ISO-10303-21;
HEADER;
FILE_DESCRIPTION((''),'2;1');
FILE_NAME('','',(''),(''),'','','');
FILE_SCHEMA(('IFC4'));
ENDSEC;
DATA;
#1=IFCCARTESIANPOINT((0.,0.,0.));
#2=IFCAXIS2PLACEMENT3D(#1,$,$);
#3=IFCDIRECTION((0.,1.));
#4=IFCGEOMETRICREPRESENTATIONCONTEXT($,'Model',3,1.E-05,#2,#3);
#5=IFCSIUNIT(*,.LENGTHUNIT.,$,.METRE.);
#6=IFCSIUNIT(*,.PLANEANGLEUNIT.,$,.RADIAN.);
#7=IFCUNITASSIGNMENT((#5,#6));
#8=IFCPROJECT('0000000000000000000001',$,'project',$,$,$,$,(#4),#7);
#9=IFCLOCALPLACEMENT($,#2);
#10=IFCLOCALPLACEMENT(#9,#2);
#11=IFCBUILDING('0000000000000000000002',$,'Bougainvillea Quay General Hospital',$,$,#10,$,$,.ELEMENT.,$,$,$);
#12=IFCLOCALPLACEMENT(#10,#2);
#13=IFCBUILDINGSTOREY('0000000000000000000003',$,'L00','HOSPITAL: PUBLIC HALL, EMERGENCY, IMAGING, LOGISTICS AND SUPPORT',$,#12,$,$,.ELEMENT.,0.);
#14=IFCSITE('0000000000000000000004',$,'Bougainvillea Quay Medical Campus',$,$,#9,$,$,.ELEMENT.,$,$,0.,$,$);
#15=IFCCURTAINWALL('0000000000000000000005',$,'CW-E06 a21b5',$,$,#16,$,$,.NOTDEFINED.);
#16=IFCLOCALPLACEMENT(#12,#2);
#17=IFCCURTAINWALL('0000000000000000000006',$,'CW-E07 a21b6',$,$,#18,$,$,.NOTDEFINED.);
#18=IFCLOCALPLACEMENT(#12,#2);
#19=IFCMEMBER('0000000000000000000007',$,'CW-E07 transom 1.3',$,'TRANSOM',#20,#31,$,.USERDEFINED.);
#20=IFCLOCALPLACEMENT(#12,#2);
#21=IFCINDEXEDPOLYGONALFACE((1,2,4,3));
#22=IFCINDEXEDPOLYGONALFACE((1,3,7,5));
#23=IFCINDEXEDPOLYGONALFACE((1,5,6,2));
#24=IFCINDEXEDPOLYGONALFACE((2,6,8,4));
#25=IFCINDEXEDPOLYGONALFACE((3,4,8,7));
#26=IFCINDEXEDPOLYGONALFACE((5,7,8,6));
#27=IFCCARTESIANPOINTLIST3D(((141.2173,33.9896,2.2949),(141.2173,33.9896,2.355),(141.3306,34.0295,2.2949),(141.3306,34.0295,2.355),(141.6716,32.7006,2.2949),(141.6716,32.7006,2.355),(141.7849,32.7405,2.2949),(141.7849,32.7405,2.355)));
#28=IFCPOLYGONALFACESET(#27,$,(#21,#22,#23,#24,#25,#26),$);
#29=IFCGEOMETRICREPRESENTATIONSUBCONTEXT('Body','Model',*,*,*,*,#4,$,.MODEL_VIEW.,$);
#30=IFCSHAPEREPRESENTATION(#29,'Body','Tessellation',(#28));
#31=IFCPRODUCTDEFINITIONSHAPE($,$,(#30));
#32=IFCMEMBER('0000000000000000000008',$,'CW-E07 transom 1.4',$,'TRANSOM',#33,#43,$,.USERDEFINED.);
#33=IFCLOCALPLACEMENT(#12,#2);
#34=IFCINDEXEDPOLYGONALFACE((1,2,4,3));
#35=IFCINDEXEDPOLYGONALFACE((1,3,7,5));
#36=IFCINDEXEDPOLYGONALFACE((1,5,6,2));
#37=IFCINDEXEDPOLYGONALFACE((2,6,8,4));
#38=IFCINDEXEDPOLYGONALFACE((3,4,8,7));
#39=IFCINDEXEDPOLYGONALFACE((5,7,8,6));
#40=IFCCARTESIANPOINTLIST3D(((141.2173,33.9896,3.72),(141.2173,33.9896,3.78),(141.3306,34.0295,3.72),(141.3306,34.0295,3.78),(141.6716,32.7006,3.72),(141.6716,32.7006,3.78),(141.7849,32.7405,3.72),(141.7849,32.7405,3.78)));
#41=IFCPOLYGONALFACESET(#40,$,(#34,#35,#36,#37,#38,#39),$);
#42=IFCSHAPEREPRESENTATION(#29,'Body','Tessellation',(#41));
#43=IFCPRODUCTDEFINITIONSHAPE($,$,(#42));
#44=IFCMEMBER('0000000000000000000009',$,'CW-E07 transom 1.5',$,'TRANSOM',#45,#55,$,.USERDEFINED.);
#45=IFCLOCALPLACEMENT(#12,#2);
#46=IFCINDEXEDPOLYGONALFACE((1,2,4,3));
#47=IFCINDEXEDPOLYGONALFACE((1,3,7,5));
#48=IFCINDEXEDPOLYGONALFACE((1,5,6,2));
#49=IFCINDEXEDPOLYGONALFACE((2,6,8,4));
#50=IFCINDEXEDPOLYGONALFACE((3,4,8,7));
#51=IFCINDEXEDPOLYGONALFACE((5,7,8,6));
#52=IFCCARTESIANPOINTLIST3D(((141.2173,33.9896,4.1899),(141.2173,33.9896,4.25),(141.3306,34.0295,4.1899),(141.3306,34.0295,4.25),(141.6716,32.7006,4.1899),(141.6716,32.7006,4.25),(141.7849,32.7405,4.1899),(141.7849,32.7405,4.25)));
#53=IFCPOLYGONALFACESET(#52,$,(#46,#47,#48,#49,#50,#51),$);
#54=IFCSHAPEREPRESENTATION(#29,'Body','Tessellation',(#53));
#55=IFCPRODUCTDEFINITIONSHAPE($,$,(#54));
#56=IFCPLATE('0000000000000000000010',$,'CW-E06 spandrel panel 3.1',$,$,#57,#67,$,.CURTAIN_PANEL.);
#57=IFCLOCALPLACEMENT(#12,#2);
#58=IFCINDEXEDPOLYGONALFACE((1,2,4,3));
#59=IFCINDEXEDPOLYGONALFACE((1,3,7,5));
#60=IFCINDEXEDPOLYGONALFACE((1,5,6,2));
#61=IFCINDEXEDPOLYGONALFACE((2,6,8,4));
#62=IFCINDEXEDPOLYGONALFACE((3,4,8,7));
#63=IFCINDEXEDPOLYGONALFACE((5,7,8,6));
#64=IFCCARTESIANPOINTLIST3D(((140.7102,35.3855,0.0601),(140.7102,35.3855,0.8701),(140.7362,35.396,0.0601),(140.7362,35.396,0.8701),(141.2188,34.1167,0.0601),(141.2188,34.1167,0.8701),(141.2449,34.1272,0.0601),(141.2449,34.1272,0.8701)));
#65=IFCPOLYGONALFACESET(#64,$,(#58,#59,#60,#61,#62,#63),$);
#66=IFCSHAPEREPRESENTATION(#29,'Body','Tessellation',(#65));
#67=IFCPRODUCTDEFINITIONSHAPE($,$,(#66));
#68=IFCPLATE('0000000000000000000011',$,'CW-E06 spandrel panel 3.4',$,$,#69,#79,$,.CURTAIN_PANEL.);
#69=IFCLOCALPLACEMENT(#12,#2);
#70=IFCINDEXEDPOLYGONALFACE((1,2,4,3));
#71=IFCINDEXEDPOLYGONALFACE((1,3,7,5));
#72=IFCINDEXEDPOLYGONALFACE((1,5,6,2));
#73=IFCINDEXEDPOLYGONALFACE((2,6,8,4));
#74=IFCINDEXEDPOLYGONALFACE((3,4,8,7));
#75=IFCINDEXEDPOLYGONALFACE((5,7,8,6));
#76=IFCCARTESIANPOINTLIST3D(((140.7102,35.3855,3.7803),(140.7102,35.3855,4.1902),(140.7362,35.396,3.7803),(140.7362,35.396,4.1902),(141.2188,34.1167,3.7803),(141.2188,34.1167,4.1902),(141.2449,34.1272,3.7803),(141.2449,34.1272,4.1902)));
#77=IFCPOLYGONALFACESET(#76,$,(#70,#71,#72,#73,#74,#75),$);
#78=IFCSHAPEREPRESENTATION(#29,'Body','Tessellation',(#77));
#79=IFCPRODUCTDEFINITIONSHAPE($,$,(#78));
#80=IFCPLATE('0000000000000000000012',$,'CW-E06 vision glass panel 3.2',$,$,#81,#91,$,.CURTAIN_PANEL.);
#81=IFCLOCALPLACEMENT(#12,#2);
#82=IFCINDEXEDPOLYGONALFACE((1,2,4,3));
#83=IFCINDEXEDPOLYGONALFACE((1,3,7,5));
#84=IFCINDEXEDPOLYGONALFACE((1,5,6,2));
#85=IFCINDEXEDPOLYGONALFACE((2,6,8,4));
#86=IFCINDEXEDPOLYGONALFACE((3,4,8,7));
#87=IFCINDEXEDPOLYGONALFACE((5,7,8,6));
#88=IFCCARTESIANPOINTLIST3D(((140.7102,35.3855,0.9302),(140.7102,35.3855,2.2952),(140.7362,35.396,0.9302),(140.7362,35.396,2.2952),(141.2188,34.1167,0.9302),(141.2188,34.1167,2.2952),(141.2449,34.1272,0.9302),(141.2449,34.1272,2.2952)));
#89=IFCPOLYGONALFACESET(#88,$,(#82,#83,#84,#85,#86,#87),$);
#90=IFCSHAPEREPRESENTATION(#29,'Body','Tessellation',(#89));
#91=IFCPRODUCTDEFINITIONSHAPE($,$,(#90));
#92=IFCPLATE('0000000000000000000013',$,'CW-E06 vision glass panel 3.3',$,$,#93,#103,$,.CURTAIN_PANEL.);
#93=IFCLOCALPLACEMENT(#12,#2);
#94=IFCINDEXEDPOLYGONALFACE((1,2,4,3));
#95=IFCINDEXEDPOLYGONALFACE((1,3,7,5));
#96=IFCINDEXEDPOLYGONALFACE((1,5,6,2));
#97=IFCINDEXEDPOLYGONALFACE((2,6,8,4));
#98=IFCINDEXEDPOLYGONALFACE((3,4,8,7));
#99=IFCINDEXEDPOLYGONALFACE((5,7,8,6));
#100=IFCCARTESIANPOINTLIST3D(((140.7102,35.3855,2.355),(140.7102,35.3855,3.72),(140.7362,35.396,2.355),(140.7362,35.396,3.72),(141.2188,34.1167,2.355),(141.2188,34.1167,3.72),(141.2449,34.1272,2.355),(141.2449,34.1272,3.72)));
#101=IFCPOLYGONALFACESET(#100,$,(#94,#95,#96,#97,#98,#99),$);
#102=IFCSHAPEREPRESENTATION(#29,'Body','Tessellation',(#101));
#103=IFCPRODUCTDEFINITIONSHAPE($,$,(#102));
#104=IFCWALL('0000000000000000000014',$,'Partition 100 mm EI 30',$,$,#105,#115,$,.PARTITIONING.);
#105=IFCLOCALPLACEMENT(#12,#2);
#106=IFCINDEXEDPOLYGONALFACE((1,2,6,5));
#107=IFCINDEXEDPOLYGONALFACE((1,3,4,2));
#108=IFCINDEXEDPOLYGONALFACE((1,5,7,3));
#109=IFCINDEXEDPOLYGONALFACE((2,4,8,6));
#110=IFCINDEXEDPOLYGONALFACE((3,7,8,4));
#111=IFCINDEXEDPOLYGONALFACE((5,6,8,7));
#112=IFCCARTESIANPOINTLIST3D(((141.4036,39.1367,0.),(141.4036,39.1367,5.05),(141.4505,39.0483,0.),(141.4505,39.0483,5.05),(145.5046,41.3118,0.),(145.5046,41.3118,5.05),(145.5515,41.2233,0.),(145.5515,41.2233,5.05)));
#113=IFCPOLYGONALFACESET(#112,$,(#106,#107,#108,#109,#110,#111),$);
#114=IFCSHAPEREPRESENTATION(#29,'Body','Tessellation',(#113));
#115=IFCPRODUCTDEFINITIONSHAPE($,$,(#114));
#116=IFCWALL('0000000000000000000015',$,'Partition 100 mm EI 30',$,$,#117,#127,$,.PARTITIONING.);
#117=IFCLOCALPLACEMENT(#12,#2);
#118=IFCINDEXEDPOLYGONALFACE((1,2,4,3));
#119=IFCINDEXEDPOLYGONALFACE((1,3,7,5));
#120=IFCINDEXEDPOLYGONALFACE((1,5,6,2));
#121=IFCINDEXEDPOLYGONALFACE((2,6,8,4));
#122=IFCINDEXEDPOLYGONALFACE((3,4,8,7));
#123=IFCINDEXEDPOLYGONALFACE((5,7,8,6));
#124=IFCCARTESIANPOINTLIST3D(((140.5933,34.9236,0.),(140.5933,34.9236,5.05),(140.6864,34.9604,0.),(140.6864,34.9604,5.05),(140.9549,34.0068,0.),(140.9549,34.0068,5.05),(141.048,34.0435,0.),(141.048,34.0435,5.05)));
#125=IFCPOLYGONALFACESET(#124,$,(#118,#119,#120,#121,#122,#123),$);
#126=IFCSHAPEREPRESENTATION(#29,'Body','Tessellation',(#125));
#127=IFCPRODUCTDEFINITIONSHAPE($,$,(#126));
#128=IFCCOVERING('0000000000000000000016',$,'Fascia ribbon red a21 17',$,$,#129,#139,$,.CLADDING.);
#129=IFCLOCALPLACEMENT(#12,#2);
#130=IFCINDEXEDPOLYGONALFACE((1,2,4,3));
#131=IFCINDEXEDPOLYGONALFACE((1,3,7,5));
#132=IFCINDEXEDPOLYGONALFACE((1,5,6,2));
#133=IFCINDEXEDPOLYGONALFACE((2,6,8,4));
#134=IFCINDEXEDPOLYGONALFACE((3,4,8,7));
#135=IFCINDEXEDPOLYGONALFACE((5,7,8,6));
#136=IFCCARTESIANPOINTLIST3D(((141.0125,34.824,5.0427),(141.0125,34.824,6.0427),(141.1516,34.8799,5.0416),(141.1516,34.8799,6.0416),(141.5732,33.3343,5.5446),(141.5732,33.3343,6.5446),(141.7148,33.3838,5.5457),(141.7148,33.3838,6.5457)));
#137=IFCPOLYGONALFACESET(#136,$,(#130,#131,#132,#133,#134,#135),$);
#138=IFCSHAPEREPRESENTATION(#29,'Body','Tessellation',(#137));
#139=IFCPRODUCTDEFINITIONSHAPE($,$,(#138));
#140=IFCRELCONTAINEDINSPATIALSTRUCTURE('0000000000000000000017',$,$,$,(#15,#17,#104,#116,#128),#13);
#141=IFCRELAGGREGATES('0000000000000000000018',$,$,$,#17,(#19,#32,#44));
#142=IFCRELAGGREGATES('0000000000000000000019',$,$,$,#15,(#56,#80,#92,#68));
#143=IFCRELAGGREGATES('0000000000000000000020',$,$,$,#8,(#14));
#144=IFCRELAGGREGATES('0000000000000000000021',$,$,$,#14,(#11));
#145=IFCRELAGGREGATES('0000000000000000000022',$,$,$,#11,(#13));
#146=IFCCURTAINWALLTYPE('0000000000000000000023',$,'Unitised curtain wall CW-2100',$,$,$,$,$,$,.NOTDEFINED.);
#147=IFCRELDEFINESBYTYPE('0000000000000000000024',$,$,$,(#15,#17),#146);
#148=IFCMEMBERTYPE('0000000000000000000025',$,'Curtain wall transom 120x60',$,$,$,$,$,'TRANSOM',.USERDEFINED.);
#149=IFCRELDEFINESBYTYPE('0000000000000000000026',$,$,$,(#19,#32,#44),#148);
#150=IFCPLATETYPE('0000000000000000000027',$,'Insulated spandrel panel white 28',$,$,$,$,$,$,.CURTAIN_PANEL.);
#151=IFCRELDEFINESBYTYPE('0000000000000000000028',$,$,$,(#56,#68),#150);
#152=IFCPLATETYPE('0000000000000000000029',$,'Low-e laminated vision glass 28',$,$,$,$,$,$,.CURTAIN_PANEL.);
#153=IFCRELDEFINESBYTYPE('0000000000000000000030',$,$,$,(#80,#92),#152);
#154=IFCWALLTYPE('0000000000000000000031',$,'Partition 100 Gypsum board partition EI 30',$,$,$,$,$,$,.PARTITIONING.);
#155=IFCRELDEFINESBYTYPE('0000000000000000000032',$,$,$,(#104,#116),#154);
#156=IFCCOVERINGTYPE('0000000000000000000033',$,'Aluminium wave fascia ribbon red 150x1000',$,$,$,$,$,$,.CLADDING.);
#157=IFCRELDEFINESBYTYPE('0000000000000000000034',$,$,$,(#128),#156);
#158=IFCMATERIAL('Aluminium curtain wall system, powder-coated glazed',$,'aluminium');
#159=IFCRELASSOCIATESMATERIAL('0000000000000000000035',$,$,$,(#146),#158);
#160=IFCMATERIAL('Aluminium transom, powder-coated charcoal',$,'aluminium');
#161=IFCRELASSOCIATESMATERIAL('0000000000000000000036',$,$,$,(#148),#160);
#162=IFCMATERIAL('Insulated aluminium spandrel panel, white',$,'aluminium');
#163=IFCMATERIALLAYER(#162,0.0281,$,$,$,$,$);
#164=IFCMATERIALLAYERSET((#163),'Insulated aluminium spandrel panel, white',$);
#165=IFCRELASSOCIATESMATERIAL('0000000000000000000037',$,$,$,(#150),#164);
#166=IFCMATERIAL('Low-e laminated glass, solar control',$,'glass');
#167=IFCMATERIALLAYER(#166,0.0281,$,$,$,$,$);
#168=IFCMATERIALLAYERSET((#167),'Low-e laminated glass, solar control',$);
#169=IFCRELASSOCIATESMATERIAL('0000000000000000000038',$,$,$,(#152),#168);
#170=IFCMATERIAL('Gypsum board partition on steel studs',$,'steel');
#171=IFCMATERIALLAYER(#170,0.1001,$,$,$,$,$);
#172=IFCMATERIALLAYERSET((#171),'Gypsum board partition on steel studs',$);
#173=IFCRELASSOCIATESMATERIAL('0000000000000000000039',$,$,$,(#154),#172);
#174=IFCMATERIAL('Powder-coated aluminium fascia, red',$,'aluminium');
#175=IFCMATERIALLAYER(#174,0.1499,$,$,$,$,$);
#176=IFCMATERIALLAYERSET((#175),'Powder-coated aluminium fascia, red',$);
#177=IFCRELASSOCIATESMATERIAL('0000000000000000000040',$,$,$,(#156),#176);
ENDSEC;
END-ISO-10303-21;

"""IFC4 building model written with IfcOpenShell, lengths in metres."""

from ifc_helpers import new_model, si_unit, direction, frame, frame_2d, origin, origin_2d, place, context, subcontext, project, spatial, polyline, rectangle, outline, extrude, material, layer, layer_set, material_profile, profile_set, type_object, element, aggregate, save


model = new_model("IFC4")

# Units and contexts
model_context = context("Model", 3, precision=1e-05, world=origin(), true_north=direction((0.0, 1.0)))
body_context = subcontext(model_context, "Body", "Model", "MODEL_VIEW")
ifc_project = project(units=[si_unit("LENGTHUNIT", "METRE"), si_unit("PLANEANGLEUNIT", "RADIAN")], contexts=[model_context])

# Site, building, storey
site_placement = place(None, origin())
site = spatial("IfcSite", under=ifc_project, at=site_placement, Name="Bougainvillea Quay Medical Campus", CompositionType="ELEMENT", RefElevation=0.0)
building_placement = place(site_placement, origin())
building = spatial("IfcBuilding", under=site, at=building_placement, Name="Bougainvillea Quay General Hospital", CompositionType="ELEMENT")
storey_placement = place(building_placement, origin())
storey = spatial("IfcBuildingStorey", under=building, at=storey_placement, Name="L00", Description="HOSPITAL: PUBLIC HALL, EMERGENCY, IMAGING, LOGISTICS AND SUPPORT", CompositionType="ELEMENT", Elevation=0.0)

# Curtain wall
ifc_material_1 = material(Name="Aluminium curtain wall system, powder-coated glazed", Category="aluminium")
curtain_wall_type = type_object("IfcCurtainWallType", Name="Unitised curtain wall CW-2100", PredefinedType="NOTDEFINED", material=ifc_material_1)
curtain_wall_1_placement = place(storey_placement, origin())
curtain_wall_1 = element("IfcCurtainWall", 1, at=curtain_wall_1_placement, inside=storey, type_object=curtain_wall_type, Name="CW-E06 a21b5", PredefinedType="NOTDEFINED")

# Curtain wall
curtain_wall_2_placement = place(storey_placement, origin())
curtain_wall_2 = element("IfcCurtainWall", 2, at=curtain_wall_2_placement, inside=storey, type_object=curtain_wall_type, Name="CW-E07 a21b6", PredefinedType="NOTDEFINED")

# Members
ifc_material_2 = material(Name="Aluminium transom, powder-coated charcoal", Category="aluminium")
ifc_material_profile_1 = material_profile(ifc_material_2, rectangle(XDim=0.1201, YDim=0.0601, at=origin_2d()))
ifc_profile_set_1 = profile_set([ifc_material_profile_1], Name="Aluminium transom, powder-coated charcoal")
member_type_1 = type_object("IfcMemberType", Name="Curtain wall transom 120x60", ElementType="TRANSOM", PredefinedType="USERDEFINED", material=ifc_profile_set_1)
member_1_placement = place(storey_placement, frame((141.2739, 34.0095, 2.325), z_axis=(0.332418, -0.943132, 0.0), x_axis=(0.943132, 0.332418, 0.0)))
member_1 = element("IfcMember", 3, at=member_1_placement, type_object=member_type_1, Name="CW-E07 transom 1.3", ObjectType="TRANSOM", PredefinedType="USERDEFINED", context=body_context, shape_type="SweptSolid", body=[
    extrude(rectangle(XDim=0.1201, YDim=0.0601, at=origin_2d()), origin(), (0.0, 0.0, 1.0), 1.3667),
])
member_2_placement = place(storey_placement, frame((141.2739, 34.0095, 3.75), z_axis=(0.332418, -0.943132, 0.0), x_axis=(0.943132, 0.332418, 0.0)))
member_2 = element("IfcMember", 4, at=member_2_placement, type_object=member_type_1, Name="CW-E07 transom 1.4", ObjectType="TRANSOM", PredefinedType="USERDEFINED", context=body_context, shape_type="SweptSolid", body=[
    extrude(rectangle(XDim=0.1201, YDim=0.0601, at=origin_2d()), origin(), (0.0, 0.0, 1.0), 1.3667),
])
member_3_placement = place(storey_placement, frame((141.2739, 34.0095, 4.22), z_axis=(0.332418, -0.943132, 0.0), x_axis=(0.943132, 0.332418, 0.0)))
member_3 = element("IfcMember", 5, at=member_3_placement, type_object=member_type_1, Name="CW-E07 transom 1.5", ObjectType="TRANSOM", PredefinedType="USERDEFINED", context=body_context, shape_type="SweptSolid", body=[
    extrude(rectangle(XDim=0.1201, YDim=0.0601, at=origin_2d()), origin(), (0.0, 0.0, 1.0), 1.3667),
])
aggregate(curtain_wall_2, [member_1, member_2, member_3])

# Plates
ifc_material_3 = material(Name="Insulated aluminium spandrel panel, white", Category="aluminium")
ifc_layer_1 = layer(ifc_material_3, 0.0281)
ifc_layer_set_1 = layer_set([ifc_layer_1], Name="Insulated aluminium spandrel panel, white")
plate_type_1 = type_object("IfcPlateType", Name="Insulated spandrel panel white 28", PredefinedType="CURTAIN_PANEL", material=ifc_layer_set_1)
plate_1_placement = place(storey_placement, frame((140.9775, 34.7563, 0.0601), z_axis=(0.0, 0.0, 1.0), x_axis=(0.372124, -0.928183, 0.0)))
plate_1 = element("IfcPlate", 6, at=plate_1_placement, type_object=plate_type_1, Name="CW-E06 spandrel panel 3.1", PredefinedType="CURTAIN_PANEL", context=body_context, shape_type="SweptSolid", body=[
    extrude(rectangle(XDim=1.3669, YDim=0.0281, at=origin_2d()), origin(), (0.0, 0.0, 1.0), 0.8101),
])
plate_2_placement = place(storey_placement, frame((140.9775, 34.7563, 3.7803), z_axis=(0.0, 0.0, 1.0), x_axis=(0.372124, -0.928183, 0.0)))
plate_2 = element("IfcPlate", 7, at=plate_2_placement, type_object=plate_type_1, Name="CW-E06 spandrel panel 3.4", PredefinedType="CURTAIN_PANEL", context=body_context, shape_type="SweptSolid", body=[
    extrude(rectangle(XDim=1.3669, YDim=0.0281, at=origin_2d()), origin(), (0.0, 0.0, 1.0), 0.4099),
])
ifc_material_4 = material(Name="Low-e laminated glass, solar control", Category="glass")
ifc_layer_2 = layer(ifc_material_4, 0.0281)
ifc_layer_set_2 = layer_set([ifc_layer_2], Name="Low-e laminated glass, solar control")
plate_type_2 = type_object("IfcPlateType", Name="Low-e laminated vision glass 28", PredefinedType="CURTAIN_PANEL", material=ifc_layer_set_2)
plate_3_placement = place(storey_placement, frame((140.9775, 34.7563, 0.9302), z_axis=(0.0, 0.0, 1.0), x_axis=(0.372124, -0.928183, 0.0)))
plate_3 = element("IfcPlate", 8, at=plate_3_placement, type_object=plate_type_2, Name="CW-E06 vision glass panel 3.2", PredefinedType="CURTAIN_PANEL", context=body_context, shape_type="SweptSolid", body=[
    extrude(rectangle(XDim=1.3669, YDim=0.0281, at=origin_2d()), origin(), (0.0, 0.0, 1.0), 1.365),
])
plate_4_placement = place(storey_placement, frame((140.9775, 34.7563, 2.355), z_axis=(0.0, 0.0, 1.0), x_axis=(0.372124, -0.928183, 0.0)))
plate_4 = element("IfcPlate", 9, at=plate_4_placement, type_object=plate_type_2, Name="CW-E06 vision glass panel 3.3", PredefinedType="CURTAIN_PANEL", context=body_context, shape_type="SweptSolid", body=[
    extrude(rectangle(XDim=1.3669, YDim=0.0281, at=origin_2d()), origin(), (0.0, 0.0, 1.0), 1.365),
])
aggregate(curtain_wall_1, [plate_1, plate_3, plate_4, plate_2])

# Walls
ifc_material_5 = material(Name="Gypsum board partition on steel studs", Category="steel")
ifc_layer_3 = layer(ifc_material_5, 0.1001)
ifc_layer_set_3 = layer_set([ifc_layer_3], Name="Gypsum board partition on steel studs")
wall_type = type_object("IfcWallType", Name="Partition 100 Gypsum board partition EI 30", PredefinedType="PARTITIONING", material=ifc_layer_set_3)
wall_1_placement = place(storey_placement, frame((141.427, 39.0925, 0.0), z_axis=(0.0, 0.0, 1.0), x_axis=(0.883441, 0.468542, 0.0)))
element("IfcWall", 10, at=wall_1_placement, inside=storey, type_object=wall_type, Name="Partition 100 mm EI 30", PredefinedType="PARTITIONING", context=body_context, shape_type="SweptSolid", body=[
    extrude(rectangle(XDim=4.6421, YDim=0.1001, at=frame_2d((2.321, 0.0))), origin(), (0.0, 0.0, 1.0), 5.05),
])
wall_2_placement = place(storey_placement, frame((140.6399, 34.9419, 0.0), z_axis=(0.0, 0.0, 1.0), x_axis=(0.366901, -0.93026, 0.0)))
element("IfcWall", 11, at=wall_2_placement, inside=storey, type_object=wall_type, Name="Partition 100 mm EI 30", PredefinedType="PARTITIONING", context=body_context, shape_type="SweptSolid", body=[
    extrude(rectangle(XDim=0.9856, YDim=0.1001, at=frame_2d((0.4927, 0.0))), origin(), (0.0, 0.0, 1.0), 5.05),
])

# Covering
ifc_material_6 = material(Name="Powder-coated aluminium fascia, red", Category="aluminium")
ifc_layer_4 = layer(ifc_material_6, 0.1499)
ifc_layer_set_4 = layer_set([ifc_layer_4], Name="Powder-coated aluminium fascia, red")
covering_type = type_object("IfcCoveringType", Name="Aluminium wave fascia ribbon red 150x1000", PredefinedType="CLADDING", material=ifc_layer_set_4)
covering_placement = place(storey_placement, frame((141.0125, 34.824, 5.0427), z_axis=(-0.105739, 0.281481, 0.953723), x_axis=(0.335996, -0.892577, 0.300687)))
element("IfcCovering", 12, at=covering_placement, inside=storey, type_object=covering_type, Name="Fascia ribbon red a21 17", PredefinedType="CLADDING", context=body_context, shape_type="SweptSolid", body=[
    extrude(outline(polyline([(0.0, 0.0), (1.669, 0.0), (1.6727, 0.15), (-0.0035, 0.1499), (0.0, 0.0)])), origin(), (0.300687, -0.000196, 0.953723), 1.0),
])

save(model, "model.ifc")
